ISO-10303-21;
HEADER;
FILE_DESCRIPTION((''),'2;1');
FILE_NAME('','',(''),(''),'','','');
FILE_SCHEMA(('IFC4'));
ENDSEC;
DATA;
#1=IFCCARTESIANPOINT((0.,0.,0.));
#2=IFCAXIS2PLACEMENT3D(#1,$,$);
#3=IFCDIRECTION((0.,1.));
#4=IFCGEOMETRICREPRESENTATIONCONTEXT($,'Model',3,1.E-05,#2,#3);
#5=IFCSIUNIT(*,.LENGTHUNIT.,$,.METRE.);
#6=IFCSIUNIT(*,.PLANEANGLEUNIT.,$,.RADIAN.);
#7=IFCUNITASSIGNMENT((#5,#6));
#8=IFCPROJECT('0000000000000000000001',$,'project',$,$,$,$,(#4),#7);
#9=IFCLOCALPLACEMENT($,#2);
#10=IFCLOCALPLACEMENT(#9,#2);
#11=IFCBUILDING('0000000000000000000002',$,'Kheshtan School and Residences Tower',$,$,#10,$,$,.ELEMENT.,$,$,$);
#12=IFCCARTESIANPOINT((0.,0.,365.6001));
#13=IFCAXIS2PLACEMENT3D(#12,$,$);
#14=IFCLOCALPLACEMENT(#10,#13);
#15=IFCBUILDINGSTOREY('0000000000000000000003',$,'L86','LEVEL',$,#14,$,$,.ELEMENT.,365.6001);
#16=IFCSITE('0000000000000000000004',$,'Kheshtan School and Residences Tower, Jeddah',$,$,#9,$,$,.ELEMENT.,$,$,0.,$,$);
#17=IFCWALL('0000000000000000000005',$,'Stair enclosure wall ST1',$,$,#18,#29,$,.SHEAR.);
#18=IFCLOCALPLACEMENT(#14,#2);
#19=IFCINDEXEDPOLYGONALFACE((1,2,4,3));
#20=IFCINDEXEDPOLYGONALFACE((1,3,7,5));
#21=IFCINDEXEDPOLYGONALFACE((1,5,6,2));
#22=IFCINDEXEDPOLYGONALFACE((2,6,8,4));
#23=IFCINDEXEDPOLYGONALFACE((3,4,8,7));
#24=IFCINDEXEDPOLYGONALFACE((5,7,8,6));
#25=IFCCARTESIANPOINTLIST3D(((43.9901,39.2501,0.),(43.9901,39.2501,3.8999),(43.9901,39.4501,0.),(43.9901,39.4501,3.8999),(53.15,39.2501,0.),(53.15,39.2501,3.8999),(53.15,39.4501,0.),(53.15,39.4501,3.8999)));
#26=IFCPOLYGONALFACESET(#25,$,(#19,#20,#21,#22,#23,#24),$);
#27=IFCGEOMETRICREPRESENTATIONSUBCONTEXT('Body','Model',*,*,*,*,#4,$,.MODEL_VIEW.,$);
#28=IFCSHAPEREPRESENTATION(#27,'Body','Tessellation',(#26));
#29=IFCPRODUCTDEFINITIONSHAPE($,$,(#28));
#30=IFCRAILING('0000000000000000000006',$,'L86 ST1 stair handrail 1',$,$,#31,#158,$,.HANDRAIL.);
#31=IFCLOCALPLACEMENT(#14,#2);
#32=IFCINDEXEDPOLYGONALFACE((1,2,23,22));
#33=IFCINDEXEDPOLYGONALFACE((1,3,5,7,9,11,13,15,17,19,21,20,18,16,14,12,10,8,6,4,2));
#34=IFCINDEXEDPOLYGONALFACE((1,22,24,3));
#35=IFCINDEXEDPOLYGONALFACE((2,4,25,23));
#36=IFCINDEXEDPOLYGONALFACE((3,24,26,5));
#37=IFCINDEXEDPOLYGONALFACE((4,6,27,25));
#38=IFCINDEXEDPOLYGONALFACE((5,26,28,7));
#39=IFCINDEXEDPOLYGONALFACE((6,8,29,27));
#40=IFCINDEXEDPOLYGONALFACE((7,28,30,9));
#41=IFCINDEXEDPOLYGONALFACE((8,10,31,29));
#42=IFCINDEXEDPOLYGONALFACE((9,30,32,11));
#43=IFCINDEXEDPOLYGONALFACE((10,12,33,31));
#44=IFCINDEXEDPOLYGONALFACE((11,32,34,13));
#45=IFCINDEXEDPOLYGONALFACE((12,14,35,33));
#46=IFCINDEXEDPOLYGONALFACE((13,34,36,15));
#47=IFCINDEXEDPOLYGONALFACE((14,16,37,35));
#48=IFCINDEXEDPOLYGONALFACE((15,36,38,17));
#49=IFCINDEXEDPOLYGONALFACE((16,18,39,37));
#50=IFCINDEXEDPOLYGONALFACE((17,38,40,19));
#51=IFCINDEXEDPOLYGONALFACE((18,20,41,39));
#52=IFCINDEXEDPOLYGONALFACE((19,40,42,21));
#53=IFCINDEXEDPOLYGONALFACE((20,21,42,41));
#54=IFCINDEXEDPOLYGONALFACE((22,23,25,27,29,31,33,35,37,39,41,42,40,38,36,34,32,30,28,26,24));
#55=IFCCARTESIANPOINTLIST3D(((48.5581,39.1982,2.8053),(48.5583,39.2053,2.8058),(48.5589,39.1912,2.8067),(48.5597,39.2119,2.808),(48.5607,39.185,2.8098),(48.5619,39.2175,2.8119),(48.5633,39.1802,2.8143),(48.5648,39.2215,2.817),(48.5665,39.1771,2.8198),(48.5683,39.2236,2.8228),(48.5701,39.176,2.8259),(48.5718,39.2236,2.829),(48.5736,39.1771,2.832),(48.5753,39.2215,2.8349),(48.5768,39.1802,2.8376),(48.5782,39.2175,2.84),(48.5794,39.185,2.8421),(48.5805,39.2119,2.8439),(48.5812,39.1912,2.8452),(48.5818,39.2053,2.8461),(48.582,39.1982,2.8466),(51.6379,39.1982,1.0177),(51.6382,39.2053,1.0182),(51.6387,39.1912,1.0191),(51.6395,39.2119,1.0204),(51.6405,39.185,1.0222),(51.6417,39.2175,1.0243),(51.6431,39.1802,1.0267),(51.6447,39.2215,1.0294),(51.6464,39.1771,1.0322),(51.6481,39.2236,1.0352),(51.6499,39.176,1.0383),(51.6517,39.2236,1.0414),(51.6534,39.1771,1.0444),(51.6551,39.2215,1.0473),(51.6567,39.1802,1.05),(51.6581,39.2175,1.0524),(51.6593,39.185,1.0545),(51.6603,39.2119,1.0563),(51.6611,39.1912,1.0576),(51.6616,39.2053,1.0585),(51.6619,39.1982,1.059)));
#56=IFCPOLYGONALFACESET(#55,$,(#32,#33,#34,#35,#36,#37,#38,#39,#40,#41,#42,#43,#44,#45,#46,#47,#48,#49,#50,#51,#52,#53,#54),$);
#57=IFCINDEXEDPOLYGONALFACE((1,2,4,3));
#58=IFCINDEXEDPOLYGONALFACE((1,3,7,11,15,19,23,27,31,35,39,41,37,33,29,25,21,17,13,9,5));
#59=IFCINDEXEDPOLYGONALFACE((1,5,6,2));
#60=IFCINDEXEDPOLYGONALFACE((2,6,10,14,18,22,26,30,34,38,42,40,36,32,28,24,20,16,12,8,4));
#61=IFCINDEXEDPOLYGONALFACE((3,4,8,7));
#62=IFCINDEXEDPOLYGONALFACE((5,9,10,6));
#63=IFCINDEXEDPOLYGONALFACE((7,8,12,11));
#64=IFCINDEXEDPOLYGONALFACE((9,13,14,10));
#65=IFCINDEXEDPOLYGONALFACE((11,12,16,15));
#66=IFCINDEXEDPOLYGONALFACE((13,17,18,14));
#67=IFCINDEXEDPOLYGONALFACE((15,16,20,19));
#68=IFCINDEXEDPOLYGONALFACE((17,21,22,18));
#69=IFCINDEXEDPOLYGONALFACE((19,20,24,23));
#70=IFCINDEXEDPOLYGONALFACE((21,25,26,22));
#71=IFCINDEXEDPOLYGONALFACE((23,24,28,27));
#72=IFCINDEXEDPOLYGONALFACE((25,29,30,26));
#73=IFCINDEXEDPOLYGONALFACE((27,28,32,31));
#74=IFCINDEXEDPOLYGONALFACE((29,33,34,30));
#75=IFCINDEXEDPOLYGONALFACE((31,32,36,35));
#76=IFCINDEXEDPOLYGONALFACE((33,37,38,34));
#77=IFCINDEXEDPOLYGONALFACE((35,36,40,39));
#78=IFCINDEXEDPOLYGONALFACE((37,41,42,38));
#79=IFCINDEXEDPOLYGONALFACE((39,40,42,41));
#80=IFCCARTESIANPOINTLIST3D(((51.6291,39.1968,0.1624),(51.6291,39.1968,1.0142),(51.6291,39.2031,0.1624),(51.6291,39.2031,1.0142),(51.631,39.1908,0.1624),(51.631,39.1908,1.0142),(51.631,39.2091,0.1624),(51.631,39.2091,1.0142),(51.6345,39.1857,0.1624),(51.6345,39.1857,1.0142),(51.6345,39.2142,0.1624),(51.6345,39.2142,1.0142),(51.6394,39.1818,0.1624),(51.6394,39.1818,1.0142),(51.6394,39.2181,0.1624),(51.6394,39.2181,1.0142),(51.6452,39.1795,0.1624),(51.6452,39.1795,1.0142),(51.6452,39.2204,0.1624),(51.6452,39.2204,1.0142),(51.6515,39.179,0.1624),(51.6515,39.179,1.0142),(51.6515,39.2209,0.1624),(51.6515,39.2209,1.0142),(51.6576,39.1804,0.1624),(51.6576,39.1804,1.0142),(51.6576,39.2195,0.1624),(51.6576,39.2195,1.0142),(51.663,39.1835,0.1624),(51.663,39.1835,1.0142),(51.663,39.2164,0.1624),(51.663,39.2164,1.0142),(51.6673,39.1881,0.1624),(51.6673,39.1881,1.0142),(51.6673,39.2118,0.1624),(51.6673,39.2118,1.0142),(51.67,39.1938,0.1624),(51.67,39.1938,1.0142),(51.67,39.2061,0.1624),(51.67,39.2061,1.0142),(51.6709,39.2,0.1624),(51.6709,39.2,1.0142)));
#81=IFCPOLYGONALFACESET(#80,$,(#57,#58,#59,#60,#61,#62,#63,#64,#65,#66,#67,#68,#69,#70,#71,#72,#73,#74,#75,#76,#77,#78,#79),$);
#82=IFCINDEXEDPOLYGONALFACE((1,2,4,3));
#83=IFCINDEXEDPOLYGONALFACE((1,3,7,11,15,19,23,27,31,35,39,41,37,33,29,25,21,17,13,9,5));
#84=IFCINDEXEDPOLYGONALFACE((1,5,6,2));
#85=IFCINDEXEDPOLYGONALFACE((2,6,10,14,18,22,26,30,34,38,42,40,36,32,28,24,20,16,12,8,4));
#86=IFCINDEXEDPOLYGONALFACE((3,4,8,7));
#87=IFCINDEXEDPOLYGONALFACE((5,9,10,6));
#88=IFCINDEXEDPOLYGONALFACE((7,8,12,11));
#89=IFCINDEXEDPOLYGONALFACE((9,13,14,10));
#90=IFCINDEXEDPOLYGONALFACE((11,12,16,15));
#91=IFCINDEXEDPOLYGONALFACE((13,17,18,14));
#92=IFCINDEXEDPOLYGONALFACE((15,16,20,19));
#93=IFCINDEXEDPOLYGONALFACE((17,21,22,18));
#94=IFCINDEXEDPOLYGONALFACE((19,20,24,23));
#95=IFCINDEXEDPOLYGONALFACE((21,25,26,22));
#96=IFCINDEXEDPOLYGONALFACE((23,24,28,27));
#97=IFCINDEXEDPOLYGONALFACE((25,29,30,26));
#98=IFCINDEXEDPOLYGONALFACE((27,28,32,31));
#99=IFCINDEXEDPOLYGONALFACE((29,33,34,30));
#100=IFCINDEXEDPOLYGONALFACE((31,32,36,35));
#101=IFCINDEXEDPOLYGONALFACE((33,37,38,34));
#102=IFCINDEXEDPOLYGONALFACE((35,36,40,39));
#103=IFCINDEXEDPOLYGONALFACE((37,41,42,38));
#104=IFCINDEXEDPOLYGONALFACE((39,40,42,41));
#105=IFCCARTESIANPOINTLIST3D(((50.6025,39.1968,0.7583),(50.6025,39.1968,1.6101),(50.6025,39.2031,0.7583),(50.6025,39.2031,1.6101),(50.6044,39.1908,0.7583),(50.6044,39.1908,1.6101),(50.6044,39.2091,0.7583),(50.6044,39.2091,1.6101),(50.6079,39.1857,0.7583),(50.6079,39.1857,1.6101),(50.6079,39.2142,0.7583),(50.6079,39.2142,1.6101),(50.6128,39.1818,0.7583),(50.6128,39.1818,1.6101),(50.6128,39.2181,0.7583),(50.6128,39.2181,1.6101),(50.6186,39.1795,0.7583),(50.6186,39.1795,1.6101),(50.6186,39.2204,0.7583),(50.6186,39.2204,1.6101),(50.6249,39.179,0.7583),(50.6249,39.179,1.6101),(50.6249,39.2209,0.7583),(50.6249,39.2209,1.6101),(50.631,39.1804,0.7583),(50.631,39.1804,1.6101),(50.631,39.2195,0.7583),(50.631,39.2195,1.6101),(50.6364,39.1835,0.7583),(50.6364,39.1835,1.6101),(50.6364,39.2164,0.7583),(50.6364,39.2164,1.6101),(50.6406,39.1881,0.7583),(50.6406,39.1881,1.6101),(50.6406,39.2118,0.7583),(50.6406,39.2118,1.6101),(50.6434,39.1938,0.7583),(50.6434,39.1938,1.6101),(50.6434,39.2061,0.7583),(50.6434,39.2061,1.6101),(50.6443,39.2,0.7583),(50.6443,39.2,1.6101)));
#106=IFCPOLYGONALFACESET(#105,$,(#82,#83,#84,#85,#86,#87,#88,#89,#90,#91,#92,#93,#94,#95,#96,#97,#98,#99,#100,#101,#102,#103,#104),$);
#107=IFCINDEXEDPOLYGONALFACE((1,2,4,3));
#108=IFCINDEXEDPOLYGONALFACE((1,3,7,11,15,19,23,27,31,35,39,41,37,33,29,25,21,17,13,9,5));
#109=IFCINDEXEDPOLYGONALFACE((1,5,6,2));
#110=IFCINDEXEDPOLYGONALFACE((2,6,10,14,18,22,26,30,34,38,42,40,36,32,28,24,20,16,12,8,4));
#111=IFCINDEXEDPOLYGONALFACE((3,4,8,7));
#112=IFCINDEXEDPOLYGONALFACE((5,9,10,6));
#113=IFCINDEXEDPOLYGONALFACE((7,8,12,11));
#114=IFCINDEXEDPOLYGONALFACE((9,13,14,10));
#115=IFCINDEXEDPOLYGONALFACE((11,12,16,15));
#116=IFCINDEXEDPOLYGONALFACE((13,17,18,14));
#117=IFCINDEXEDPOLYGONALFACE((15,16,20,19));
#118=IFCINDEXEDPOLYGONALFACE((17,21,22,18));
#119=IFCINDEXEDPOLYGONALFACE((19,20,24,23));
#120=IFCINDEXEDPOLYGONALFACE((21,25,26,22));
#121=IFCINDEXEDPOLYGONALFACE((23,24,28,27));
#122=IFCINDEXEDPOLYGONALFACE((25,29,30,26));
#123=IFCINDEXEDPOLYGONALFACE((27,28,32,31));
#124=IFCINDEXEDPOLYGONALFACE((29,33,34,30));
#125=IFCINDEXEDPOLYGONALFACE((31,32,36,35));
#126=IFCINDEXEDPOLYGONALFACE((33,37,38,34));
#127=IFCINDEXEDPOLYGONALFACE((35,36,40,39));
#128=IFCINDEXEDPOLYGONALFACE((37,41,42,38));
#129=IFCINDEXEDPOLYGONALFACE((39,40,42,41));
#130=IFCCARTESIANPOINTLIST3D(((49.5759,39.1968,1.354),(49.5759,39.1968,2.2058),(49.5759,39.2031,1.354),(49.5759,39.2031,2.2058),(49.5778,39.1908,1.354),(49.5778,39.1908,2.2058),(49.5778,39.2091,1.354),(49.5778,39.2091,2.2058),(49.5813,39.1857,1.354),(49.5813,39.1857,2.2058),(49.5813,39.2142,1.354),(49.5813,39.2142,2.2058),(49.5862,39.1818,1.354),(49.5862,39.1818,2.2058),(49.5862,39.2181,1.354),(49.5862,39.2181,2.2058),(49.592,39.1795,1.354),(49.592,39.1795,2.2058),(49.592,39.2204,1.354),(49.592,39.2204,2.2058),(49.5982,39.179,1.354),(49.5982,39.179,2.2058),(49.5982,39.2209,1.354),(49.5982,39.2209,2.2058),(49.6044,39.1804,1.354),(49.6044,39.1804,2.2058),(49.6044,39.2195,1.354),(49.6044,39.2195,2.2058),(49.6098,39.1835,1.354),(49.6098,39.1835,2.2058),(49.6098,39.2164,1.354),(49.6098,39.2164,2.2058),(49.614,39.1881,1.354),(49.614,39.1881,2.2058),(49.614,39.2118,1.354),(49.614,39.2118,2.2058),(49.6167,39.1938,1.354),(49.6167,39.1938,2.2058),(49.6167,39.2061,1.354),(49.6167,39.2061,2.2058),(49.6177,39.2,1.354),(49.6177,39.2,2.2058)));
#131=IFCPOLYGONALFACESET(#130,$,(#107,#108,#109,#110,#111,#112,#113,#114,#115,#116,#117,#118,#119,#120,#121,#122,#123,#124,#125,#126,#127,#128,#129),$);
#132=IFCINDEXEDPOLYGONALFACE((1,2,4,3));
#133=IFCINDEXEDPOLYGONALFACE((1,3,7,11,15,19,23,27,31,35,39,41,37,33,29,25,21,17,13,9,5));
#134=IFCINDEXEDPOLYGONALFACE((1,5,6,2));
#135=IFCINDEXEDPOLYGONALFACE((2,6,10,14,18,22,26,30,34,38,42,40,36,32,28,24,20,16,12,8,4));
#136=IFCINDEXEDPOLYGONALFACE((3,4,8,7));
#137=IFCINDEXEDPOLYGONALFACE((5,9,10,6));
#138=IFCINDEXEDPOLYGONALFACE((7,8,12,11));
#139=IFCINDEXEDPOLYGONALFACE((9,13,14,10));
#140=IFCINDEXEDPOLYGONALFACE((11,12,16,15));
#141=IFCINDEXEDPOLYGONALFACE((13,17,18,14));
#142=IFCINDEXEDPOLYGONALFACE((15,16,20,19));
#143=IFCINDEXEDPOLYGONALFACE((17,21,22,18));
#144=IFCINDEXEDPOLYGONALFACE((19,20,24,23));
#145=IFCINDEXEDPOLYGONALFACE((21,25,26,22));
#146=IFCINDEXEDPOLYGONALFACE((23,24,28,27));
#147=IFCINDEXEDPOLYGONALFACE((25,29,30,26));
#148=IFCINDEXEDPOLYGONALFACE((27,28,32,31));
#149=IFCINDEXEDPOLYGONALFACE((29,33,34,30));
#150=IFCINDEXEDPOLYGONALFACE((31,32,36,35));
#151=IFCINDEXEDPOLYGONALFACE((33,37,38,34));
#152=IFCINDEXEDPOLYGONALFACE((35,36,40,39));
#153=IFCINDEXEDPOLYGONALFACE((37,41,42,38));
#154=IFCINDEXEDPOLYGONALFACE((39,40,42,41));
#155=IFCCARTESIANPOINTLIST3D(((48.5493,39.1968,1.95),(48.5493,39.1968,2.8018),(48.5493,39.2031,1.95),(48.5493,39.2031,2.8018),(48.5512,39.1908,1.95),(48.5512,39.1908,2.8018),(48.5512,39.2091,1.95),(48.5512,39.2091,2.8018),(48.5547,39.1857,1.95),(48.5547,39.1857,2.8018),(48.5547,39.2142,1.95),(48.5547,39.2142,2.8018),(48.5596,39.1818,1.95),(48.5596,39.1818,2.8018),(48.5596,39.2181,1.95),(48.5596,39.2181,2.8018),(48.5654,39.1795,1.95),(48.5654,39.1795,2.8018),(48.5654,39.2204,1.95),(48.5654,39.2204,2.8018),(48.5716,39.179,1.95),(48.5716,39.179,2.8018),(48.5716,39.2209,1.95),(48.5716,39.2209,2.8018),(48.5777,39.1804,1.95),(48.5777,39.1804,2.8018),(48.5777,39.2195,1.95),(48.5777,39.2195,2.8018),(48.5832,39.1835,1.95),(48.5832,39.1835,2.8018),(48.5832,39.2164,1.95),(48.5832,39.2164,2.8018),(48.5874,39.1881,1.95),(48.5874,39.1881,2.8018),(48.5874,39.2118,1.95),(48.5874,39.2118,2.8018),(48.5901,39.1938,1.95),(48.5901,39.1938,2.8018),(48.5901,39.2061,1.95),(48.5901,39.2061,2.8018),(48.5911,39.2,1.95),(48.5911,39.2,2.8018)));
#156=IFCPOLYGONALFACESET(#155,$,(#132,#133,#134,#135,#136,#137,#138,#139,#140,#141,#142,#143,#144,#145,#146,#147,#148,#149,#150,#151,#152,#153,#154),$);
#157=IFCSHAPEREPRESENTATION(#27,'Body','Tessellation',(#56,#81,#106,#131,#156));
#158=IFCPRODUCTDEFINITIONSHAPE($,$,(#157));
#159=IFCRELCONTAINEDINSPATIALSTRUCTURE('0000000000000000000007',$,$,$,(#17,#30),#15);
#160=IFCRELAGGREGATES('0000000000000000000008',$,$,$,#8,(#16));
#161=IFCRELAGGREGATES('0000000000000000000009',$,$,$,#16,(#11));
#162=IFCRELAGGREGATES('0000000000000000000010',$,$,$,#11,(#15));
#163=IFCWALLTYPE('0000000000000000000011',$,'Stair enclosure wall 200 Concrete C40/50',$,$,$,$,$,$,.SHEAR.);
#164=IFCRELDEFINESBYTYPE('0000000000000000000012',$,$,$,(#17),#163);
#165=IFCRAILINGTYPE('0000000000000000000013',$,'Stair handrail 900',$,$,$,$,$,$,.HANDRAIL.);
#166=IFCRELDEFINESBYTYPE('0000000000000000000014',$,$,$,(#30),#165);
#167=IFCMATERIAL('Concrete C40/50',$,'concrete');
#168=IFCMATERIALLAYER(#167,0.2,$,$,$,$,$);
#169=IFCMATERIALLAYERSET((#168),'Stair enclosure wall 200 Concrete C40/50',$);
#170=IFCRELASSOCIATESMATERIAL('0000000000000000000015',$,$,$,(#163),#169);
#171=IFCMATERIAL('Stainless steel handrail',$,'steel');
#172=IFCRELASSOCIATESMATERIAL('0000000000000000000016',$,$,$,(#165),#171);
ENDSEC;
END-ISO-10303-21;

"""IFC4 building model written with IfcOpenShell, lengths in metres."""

from ifc_helpers import new_model, si_unit, direction, frame, frame_2d, origin, origin_2d, place, context, subcontext, project, spatial, rectangle, circle, extrude, material, layer, layer_set, type_object, element, save


model = new_model("IFC4")

# Units and contexts
model_context = context("Model", 3, precision=1e-05, world=origin(), true_north=direction((0.0, 1.0)))
body_context = subcontext(model_context, "Body", "Model", "MODEL_VIEW")
ifc_project = project(units=[si_unit("LENGTHUNIT", "METRE"), si_unit("PLANEANGLEUNIT", "RADIAN")], contexts=[model_context])

# Site, building, storey
site_placement = place(None, origin())
site = spatial("IfcSite", under=ifc_project, at=site_placement, Name="Kheshtan School and Residences Tower, Jeddah", CompositionType="ELEMENT", RefElevation=0.0)
building_placement = place(site_placement, origin())
building = spatial("IfcBuilding", under=site, at=building_placement, Name="Kheshtan School and Residences Tower", CompositionType="ELEMENT")
storey_placement = place(building_placement, frame((0.0, 0.0, 365.6001)))
storey = spatial("IfcBuildingStorey", under=building, at=storey_placement, Name="L86", Description="LEVEL", CompositionType="ELEMENT", Elevation=365.6001)

# Wall
ifc_material_1 = material(Name="Concrete C40/50", Category="concrete")
ifc_layer_1 = layer(ifc_material_1, 0.2)
ifc_layer_set_1 = layer_set([ifc_layer_1], Name="Stair enclosure wall 200 Concrete C40/50")
wall_type_1 = type_object("IfcWallType", Name="Stair enclosure wall 200 Concrete C40/50", PredefinedType="SHEAR", material=ifc_layer_set_1)
wall_1_placement = place(storey_placement, frame((43.99, 39.3501, 0.0), z_axis=(0.0, 0.0, 1.0), x_axis=(1.0, 0.0, 0.0)))
element("IfcWall", 1, at=wall_1_placement, inside=storey, type_object=wall_type_1, Name="Stair enclosure wall ST1", PredefinedType="SHEAR", context=body_context, shape_type="SweptSolid", body=[
    extrude(rectangle(XDim=9.1599, YDim=0.2, at=frame_2d((4.5801, 0.0))), origin(), (0.0, 0.0, 1.0), 3.8999),
])

# Railing
ifc_material_2 = material(Name="Stainless steel handrail", Category="steel")
railing_type = type_object("IfcRailingType", Name="Stair handrail 900", PredefinedType="HANDRAIL", material=ifc_material_2)
railing_placement = place(storey_placement, frame((51.6499, 39.2, 0.1624)))
element("IfcRailing", 2, at=railing_placement, inside=storey, type_object=railing_type, Name="L86 ST1 stair handrail 1", PredefinedType="HANDRAIL", context=body_context, shape_type="SweptSolid", body=[
    extrude(circle(Radius=0.0239, at=origin_2d()), frame((0.0, 0.0, 0.876), z_axis=(-0.864873, 0.0, 0.50199), x_axis=(0.0, -1.0, 0.0)), (0.0, 0.0, 1.0), 3.561),
    extrude(circle(Radius=0.021, at=origin_2d()), origin(), (0.0, 0.0, 1.0), 0.8518),
    extrude(circle(Radius=0.021, at=origin_2d()), frame((-1.0266, 0.0, 0.5959)), (0.0, 0.0, 1.0), 0.8518),
    extrude(circle(Radius=0.021, at=origin_2d()), frame((-2.0532, 0.0, 1.1917)), (0.0, 0.0, 1.0), 0.8518),
    extrude(circle(Radius=0.021, at=origin_2d()), frame((-3.0798, 0.0, 1.7876)), (0.0, 0.0, 1.0), 0.8518),
])

save(model, "model.ifc")
